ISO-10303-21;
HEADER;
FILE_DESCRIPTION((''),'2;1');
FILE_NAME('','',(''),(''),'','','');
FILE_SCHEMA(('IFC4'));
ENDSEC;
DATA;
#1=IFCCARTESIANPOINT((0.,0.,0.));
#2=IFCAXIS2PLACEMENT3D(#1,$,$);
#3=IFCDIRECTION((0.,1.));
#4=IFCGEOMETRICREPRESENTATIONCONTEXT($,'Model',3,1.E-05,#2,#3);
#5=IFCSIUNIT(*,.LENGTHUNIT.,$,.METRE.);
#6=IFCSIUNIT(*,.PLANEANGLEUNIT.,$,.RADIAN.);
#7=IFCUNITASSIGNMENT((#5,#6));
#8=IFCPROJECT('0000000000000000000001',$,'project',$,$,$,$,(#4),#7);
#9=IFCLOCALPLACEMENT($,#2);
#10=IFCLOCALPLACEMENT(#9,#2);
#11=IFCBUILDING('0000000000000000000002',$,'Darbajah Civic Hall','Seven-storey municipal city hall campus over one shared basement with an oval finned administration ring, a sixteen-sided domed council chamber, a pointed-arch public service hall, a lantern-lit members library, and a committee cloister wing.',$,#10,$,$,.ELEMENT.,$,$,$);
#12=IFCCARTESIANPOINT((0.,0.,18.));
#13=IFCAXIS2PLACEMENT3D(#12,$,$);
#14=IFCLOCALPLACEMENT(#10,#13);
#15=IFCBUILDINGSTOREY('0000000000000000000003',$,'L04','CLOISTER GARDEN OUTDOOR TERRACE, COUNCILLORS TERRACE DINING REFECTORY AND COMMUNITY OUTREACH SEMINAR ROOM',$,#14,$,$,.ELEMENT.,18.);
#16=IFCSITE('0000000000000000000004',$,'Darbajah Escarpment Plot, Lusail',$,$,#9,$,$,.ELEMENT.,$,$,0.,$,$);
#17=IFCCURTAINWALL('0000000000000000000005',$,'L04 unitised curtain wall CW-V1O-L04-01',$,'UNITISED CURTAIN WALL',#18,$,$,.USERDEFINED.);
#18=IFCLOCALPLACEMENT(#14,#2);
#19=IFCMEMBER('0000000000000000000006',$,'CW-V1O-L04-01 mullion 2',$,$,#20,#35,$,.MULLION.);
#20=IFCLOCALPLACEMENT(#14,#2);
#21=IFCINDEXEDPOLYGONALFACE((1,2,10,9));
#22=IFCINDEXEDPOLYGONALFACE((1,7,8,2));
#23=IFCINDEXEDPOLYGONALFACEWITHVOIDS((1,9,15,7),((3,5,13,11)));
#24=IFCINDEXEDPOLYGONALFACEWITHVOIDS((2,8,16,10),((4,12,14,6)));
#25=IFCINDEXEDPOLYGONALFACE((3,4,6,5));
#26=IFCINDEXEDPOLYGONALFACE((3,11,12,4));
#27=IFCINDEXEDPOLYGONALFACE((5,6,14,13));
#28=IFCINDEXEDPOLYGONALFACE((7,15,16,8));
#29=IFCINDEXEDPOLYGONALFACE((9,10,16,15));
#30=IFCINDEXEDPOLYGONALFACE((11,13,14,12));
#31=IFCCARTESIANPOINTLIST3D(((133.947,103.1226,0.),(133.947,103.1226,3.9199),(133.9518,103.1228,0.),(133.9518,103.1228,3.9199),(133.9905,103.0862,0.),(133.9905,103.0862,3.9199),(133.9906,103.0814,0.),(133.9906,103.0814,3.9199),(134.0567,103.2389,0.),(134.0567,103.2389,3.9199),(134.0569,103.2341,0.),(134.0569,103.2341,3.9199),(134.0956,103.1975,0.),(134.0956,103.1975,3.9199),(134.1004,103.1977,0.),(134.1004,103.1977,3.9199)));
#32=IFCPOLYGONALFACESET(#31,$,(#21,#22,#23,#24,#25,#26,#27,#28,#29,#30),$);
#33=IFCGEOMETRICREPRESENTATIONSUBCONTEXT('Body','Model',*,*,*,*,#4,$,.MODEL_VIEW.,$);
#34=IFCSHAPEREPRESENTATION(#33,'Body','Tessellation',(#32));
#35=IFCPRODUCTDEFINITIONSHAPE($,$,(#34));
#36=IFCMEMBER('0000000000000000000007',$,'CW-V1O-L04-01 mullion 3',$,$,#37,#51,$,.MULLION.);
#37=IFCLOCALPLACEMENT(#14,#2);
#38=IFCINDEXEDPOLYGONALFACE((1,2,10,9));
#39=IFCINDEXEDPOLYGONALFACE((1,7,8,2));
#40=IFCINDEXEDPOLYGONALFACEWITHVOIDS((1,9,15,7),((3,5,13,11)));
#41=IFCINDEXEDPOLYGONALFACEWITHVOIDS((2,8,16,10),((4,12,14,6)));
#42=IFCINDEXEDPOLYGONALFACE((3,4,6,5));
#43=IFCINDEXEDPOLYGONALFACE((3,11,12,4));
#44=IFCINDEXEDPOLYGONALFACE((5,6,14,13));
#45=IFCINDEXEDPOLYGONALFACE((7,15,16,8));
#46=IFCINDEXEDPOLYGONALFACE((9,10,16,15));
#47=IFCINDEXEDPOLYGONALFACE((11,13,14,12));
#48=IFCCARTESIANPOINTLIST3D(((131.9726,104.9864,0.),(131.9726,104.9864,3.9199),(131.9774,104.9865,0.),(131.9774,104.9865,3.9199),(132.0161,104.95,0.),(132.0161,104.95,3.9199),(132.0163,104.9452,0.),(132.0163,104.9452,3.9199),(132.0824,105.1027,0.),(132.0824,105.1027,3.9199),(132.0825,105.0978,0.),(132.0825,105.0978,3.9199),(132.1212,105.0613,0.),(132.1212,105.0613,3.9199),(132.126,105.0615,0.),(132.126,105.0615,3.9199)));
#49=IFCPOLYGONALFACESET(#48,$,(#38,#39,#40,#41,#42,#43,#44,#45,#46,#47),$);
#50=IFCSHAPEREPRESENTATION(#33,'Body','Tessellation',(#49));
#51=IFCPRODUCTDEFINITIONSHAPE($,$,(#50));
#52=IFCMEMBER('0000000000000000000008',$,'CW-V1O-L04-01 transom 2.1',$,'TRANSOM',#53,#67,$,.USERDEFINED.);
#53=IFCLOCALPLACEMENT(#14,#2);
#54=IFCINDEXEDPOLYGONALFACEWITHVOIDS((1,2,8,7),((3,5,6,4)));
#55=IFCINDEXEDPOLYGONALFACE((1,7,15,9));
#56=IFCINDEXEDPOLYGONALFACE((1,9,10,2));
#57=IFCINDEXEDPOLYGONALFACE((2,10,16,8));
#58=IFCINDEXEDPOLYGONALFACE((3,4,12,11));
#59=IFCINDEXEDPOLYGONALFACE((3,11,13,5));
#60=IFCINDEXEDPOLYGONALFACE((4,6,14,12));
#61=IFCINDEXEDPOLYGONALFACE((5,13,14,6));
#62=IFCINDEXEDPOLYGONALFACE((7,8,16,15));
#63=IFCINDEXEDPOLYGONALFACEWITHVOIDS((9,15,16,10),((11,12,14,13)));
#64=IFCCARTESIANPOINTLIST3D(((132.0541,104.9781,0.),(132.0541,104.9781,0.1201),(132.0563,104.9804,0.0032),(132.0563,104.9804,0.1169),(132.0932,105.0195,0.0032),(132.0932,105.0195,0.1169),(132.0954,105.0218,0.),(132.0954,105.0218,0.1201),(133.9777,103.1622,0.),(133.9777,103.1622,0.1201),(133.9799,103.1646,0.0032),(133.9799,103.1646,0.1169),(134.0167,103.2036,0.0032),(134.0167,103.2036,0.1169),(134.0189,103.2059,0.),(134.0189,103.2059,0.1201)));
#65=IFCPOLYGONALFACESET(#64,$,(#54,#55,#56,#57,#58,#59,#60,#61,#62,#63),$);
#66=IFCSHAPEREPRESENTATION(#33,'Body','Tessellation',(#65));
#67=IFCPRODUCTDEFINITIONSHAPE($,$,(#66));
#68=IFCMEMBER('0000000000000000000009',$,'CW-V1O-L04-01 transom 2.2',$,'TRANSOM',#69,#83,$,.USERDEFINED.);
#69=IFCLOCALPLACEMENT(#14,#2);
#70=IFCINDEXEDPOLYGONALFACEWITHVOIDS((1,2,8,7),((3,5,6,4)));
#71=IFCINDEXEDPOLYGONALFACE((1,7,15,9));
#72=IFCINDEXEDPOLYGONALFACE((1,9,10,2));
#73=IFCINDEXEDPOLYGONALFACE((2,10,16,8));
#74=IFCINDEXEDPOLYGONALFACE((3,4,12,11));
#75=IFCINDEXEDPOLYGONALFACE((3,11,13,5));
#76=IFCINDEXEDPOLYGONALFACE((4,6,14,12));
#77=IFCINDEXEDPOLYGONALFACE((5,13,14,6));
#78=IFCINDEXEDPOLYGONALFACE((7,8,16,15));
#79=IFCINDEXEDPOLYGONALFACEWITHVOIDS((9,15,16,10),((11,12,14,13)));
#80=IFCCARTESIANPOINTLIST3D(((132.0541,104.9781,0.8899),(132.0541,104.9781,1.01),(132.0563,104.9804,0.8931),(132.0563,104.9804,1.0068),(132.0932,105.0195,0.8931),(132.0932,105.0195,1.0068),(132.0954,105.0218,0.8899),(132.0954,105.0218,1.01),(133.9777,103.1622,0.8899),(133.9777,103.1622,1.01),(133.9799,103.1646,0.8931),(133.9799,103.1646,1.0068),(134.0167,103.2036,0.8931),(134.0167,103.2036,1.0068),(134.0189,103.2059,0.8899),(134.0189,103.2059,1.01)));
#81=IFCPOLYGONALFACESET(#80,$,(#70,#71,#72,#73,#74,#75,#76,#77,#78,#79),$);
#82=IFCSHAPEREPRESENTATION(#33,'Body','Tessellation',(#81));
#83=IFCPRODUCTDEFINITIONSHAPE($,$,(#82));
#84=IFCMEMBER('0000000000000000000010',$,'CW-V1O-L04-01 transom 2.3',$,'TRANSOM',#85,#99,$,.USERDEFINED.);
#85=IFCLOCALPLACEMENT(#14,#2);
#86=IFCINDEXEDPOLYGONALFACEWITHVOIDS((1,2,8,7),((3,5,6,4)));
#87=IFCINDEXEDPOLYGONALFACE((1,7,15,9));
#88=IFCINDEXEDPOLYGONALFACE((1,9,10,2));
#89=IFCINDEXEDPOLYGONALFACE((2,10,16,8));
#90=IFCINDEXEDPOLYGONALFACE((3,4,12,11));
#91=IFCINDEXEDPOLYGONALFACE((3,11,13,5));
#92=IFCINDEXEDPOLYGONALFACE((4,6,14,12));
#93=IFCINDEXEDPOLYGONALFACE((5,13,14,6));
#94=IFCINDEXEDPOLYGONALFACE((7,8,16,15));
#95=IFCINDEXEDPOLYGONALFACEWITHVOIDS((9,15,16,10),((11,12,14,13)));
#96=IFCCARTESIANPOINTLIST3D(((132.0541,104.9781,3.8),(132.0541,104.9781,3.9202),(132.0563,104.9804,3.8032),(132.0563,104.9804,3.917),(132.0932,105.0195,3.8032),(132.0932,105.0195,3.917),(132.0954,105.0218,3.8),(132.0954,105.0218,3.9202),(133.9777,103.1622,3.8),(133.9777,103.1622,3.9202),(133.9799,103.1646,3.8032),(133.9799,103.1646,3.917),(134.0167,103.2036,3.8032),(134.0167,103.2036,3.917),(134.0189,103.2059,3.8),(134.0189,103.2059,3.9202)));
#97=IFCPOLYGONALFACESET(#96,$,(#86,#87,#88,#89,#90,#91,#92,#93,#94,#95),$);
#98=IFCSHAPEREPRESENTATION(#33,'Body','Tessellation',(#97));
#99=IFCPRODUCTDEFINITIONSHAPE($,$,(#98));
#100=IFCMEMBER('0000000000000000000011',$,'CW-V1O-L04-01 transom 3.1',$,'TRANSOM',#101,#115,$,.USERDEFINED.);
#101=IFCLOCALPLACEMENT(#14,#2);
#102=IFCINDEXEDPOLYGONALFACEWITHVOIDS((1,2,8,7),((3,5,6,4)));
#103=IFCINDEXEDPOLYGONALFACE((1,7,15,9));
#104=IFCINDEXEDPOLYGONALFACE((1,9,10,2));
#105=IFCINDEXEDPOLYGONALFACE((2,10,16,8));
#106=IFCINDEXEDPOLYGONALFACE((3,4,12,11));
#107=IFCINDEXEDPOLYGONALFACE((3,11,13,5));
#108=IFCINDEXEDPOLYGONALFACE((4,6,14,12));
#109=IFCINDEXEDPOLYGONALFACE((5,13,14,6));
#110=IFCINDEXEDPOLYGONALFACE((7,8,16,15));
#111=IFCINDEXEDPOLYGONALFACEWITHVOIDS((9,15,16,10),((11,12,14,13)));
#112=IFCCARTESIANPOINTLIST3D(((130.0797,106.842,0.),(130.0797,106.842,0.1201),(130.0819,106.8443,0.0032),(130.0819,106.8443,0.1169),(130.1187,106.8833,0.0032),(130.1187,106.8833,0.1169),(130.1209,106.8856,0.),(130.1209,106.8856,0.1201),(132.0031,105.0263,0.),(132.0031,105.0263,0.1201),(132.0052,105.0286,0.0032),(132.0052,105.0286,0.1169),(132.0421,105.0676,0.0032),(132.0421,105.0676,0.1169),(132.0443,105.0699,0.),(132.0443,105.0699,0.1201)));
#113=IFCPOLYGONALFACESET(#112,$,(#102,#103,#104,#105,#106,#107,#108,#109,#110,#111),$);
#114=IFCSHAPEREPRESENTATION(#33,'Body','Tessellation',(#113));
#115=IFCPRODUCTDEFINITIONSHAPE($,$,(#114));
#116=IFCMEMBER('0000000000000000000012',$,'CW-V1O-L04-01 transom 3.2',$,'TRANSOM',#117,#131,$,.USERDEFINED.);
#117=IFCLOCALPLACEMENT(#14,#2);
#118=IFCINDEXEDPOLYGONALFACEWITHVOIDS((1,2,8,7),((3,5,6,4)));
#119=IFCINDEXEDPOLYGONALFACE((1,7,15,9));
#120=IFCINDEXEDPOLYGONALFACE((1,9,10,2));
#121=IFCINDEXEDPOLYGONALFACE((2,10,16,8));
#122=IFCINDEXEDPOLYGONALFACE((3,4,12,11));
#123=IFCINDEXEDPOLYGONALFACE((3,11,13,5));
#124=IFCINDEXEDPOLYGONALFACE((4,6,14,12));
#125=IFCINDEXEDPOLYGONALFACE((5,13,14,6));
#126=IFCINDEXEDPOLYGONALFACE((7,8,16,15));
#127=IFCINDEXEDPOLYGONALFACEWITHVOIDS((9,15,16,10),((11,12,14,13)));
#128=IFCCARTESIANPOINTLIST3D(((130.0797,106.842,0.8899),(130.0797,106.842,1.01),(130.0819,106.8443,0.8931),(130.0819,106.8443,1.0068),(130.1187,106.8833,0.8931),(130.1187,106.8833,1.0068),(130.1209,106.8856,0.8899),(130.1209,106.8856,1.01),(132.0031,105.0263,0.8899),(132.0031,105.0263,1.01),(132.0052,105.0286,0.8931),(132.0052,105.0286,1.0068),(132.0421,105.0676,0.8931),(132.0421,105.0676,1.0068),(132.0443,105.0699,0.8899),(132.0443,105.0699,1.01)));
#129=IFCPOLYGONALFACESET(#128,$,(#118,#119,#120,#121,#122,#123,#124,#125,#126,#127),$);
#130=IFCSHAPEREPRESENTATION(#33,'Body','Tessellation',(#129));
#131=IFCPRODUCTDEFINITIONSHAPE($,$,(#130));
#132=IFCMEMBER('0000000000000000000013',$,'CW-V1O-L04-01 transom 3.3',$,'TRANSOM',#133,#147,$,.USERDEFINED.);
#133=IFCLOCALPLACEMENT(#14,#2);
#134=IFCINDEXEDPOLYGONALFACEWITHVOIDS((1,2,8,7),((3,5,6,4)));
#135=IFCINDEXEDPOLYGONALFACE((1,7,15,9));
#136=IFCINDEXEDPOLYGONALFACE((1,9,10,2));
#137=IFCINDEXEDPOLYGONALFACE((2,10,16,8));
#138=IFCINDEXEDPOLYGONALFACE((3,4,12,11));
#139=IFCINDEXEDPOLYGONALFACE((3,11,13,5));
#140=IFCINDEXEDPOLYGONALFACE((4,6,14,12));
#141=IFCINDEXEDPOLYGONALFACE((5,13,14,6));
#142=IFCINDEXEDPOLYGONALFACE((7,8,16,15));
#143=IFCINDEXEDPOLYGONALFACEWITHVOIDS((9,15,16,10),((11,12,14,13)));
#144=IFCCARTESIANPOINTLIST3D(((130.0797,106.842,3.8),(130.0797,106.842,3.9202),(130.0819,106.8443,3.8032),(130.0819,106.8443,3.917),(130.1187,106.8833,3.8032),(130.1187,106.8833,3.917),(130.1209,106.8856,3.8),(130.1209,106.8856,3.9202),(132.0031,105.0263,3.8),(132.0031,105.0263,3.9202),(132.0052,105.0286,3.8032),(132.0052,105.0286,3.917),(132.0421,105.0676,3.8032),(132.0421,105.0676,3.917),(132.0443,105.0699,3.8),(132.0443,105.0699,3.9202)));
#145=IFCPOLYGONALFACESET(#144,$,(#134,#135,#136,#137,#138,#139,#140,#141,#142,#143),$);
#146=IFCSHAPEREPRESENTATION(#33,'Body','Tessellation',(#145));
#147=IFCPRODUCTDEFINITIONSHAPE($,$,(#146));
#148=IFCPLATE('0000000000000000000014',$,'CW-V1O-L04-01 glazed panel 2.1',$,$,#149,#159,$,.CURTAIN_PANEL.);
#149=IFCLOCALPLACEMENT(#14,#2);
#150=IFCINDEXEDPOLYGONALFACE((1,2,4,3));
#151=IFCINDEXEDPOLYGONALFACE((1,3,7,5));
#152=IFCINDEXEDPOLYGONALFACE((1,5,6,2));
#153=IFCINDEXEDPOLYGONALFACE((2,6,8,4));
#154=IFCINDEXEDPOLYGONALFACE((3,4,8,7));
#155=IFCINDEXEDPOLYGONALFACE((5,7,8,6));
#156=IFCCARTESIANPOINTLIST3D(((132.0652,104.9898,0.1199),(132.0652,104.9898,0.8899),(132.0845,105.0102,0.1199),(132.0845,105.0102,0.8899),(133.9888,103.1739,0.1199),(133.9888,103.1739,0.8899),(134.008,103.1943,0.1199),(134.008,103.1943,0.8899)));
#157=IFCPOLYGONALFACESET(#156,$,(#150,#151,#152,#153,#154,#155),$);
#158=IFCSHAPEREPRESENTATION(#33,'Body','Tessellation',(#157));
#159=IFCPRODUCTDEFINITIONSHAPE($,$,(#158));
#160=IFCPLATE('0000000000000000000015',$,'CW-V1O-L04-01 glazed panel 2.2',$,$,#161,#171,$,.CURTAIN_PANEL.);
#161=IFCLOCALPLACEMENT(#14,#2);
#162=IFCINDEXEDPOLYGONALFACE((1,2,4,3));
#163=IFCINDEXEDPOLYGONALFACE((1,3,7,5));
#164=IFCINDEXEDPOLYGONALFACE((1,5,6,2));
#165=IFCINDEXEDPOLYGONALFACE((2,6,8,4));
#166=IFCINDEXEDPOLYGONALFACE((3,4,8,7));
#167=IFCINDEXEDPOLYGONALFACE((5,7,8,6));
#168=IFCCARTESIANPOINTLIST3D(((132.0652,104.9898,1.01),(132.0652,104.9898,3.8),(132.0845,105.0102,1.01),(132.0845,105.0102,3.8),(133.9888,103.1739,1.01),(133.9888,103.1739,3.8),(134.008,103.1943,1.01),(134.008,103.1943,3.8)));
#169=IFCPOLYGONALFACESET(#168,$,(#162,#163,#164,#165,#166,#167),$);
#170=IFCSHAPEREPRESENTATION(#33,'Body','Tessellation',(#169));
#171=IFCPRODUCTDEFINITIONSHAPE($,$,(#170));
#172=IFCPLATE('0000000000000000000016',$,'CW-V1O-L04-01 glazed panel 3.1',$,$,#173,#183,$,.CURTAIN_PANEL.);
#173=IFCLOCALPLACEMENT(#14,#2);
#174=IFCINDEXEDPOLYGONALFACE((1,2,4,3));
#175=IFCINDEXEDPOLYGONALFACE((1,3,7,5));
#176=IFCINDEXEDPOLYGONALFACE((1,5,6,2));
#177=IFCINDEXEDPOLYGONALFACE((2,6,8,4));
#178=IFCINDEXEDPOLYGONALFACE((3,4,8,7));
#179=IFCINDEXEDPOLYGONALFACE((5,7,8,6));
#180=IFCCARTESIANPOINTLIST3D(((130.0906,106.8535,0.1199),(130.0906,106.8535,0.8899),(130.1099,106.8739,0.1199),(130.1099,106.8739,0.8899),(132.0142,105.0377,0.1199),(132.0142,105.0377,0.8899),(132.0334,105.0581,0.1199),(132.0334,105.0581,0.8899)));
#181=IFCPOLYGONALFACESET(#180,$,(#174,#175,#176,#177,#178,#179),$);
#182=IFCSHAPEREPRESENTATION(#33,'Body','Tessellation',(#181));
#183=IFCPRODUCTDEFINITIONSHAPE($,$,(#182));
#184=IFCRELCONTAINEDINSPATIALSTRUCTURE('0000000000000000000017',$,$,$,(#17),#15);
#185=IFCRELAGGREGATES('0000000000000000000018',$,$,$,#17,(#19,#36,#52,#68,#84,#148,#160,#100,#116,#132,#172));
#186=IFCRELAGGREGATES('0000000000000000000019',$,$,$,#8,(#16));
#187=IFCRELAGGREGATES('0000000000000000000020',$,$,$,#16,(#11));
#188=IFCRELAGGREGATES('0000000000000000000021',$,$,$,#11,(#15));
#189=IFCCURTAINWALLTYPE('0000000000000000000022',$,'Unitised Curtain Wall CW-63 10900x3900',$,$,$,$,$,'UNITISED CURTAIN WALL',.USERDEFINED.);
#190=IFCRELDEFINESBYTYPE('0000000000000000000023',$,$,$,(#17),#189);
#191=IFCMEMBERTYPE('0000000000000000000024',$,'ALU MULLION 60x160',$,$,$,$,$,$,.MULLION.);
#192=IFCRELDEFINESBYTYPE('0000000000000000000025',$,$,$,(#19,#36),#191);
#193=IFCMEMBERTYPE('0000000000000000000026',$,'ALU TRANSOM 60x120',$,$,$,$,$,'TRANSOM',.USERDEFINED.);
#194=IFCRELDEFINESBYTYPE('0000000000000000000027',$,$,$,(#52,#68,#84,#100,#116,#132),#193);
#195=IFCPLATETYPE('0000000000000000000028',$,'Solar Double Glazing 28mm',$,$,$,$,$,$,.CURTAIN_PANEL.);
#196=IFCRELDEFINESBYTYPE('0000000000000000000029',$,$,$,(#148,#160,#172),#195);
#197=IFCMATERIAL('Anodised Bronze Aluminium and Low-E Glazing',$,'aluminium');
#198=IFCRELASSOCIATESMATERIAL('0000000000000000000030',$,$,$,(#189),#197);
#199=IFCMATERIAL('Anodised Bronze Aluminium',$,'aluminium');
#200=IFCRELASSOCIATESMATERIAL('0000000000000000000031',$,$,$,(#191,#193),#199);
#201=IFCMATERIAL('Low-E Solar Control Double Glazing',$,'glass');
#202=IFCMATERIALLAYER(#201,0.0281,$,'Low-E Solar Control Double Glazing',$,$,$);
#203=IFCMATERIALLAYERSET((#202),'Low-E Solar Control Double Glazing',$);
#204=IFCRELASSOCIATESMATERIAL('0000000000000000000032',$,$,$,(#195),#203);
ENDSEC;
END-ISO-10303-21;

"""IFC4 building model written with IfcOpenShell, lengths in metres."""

from ifc_helpers import new_model, si_unit, direction, frame, origin, origin_2d, place, context, subcontext, project, spatial, rectangle, hollow_rectangle, extrude, material, layer, layer_set, material_profile, profile_set, type_object, element, aggregate, save


model = new_model("IFC4")

# Units and contexts
model_context = context("Model", 3, precision=1e-05, world=origin(), true_north=direction((0.0, 1.0)))
body_context = subcontext(model_context, "Body", "Model", "MODEL_VIEW")
ifc_project = project(units=[si_unit("LENGTHUNIT", "METRE"), si_unit("PLANEANGLEUNIT", "RADIAN")], contexts=[model_context])

# Site, building, storey
site_placement = place(None, origin())
site = spatial("IfcSite", under=ifc_project, at=site_placement, Name="Darbajah Escarpment Plot, Lusail", CompositionType="ELEMENT", RefElevation=0.0)
building_placement = place(site_placement, origin())
building = spatial("IfcBuilding", under=site, at=building_placement, Name="Darbajah Civic Hall", Description="Seven-storey municipal city hall campus over one shared basement with an oval finned administration ring, a sixteen-sided domed council chamber, a pointed-arch public service hall, a lantern-lit members library, and a committee cloister wing.", CompositionType="ELEMENT")
storey_placement = place(building_placement, frame((0.0, 0.0, 18.0)))
storey = spatial("IfcBuildingStorey", under=building, at=storey_placement, Name="L04", Description="CLOISTER GARDEN OUTDOOR TERRACE, COUNCILLORS TERRACE DINING REFECTORY AND COMMUNITY OUTREACH SEMINAR ROOM", CompositionType="ELEMENT", Elevation=18.0)

# Curtain wall, members, plates
ifc_material_1 = material(Name="Anodised Bronze Aluminium and Low-E Glazing", Category="aluminium")
curtain_wall_type = type_object("IfcCurtainWallType", Name="Unitised Curtain Wall CW-63 10900x3900", ElementType="UNITISED CURTAIN WALL", PredefinedType="USERDEFINED", material=ifc_material_1)
curtain_wall_placement = place(storey_placement, origin())
curtain_wall = element("IfcCurtainWall", 1, at=curtain_wall_placement, inside=storey, type_object=curtain_wall_type, Name="L04 unitised curtain wall CW-V1O-L04-01", ObjectType="UNITISED CURTAIN WALL", PredefinedType="USERDEFINED")
ifc_material_2 = material(Name="Anodised Bronze Aluminium", Category="aluminium")
ifc_material_profile_1 = material_profile(ifc_material_2, hollow_rectangle(XDim=0.0601, YDim=0.1599, WallThickness=0.0034, at=origin_2d()), Name="ALU MULLION 60x160")
ifc_profile_set_1 = profile_set([ifc_material_profile_1], Name="Anodised Bronze Aluminium")
member_type_1 = type_object("IfcMemberType", Name="ALU MULLION 60x160", PredefinedType="MULLION", material=ifc_profile_set_1)
member_1_placement = place(storey_placement, frame((134.0237, 103.1602, 0.0), z_axis=(0.0, 0.0, 1.0), x_axis=(-0.727174, 0.686453, 0.0)))
member_1 = element("IfcMember", 2, at=member_1_placement, type_object=member_type_1, Name="CW-V1O-L04-01 mullion 2", PredefinedType="MULLION", context=body_context, shape_type="SweptSolid", body=[
    extrude(hollow_rectangle(XDim=0.0601, YDim=0.1599, WallThickness=0.0034, at=origin_2d()), origin(), (0.0, 0.0, 1.0), 3.9199),
])
member_2_placement = place(storey_placement, frame((132.0493, 105.0239, 0.0), z_axis=(0.0, 0.0, 1.0), x_axis=(-0.727174, 0.686453, 0.0)))
member_2 = element("IfcMember", 3, at=member_2_placement, type_object=member_type_1, Name="CW-V1O-L04-01 mullion 3", PredefinedType="MULLION", context=body_context, shape_type="SweptSolid", body=[
    extrude(hollow_rectangle(XDim=0.0601, YDim=0.1599, WallThickness=0.0034, at=origin_2d()), origin(), (0.0, 0.0, 1.0), 3.9199),
])
ifc_material_profile_2 = material_profile(ifc_material_2, hollow_rectangle(XDim=0.0601, YDim=0.1201, WallThickness=0.0032, at=origin_2d()), Name="ALU TRANSOM 60x120")
ifc_profile_set_2 = profile_set([ifc_material_profile_2], Name="Anodised Bronze Aluminium")
member_type_2 = type_object("IfcMemberType", Name="ALU TRANSOM 60x120", ElementType="TRANSOM", PredefinedType="USERDEFINED", material=ifc_profile_set_2)
member_3_placement = place(storey_placement, frame((133.9983, 103.1841, 0.0601), z_axis=(-0.727164, 0.686464, 0.0), x_axis=(-0.686464, -0.727164, 0.0)))
member_3 = element("IfcMember", 4, at=member_3_placement, type_object=member_type_2, Name="CW-V1O-L04-01 transom 2.1", ObjectType="TRANSOM", PredefinedType="USERDEFINED", context=body_context, shape_type="SweptSolid", body=[
    extrude(hollow_rectangle(XDim=0.0601, YDim=0.1201, WallThickness=0.0032, at=origin_2d()), origin(), (0.0, 0.0, 1.0), 2.6453),
])
member_4_placement = place(storey_placement, frame((133.9983, 103.1841, 0.95), z_axis=(-0.727164, 0.686464, 0.0), x_axis=(-0.686464, -0.727164, 0.0)))
member_4 = element("IfcMember", 5, at=member_4_placement, type_object=member_type_2, Name="CW-V1O-L04-01 transom 2.2", ObjectType="TRANSOM", PredefinedType="USERDEFINED", context=body_context, shape_type="SweptSolid", body=[
    extrude(hollow_rectangle(XDim=0.0601, YDim=0.1201, WallThickness=0.0032, at=origin_2d()), origin(), (0.0, 0.0, 1.0), 2.6453),
])
member_5_placement = place(storey_placement, frame((133.9983, 103.1841, 3.8601), z_axis=(-0.727164, 0.686464, 0.0), x_axis=(-0.686464, -0.727164, 0.0)))
member_5 = element("IfcMember", 6, at=member_5_placement, type_object=member_type_2, Name="CW-V1O-L04-01 transom 2.3", ObjectType="TRANSOM", PredefinedType="USERDEFINED", context=body_context, shape_type="SweptSolid", body=[
    extrude(hollow_rectangle(XDim=0.0601, YDim=0.1201, WallThickness=0.0032, at=origin_2d()), origin(), (0.0, 0.0, 1.0), 2.6453),
])
member_6_placement = place(storey_placement, frame((132.0237, 105.0481, 0.0601), z_axis=(-0.727167, 0.686461, 0.0), x_axis=(-0.686461, -0.727167, 0.0)))
member_6 = element("IfcMember", 7, at=member_6_placement, type_object=member_type_2, Name="CW-V1O-L04-01 transom 3.1", ObjectType="TRANSOM", PredefinedType="USERDEFINED", context=body_context, shape_type="SweptSolid", body=[
    extrude(hollow_rectangle(XDim=0.0601, YDim=0.1201, WallThickness=0.0032, at=origin_2d()), origin(), (0.0, 0.0, 1.0), 2.645),
])
member_7_placement = place(storey_placement, frame((132.0237, 105.0481, 0.95), z_axis=(-0.727167, 0.686461, 0.0), x_axis=(-0.686461, -0.727167, 0.0)))
member_7 = element("IfcMember", 8, at=member_7_placement, type_object=member_type_2, Name="CW-V1O-L04-01 transom 3.2", ObjectType="TRANSOM", PredefinedType="USERDEFINED", context=body_context, shape_type="SweptSolid", body=[
    extrude(hollow_rectangle(XDim=0.0601, YDim=0.1201, WallThickness=0.0032, at=origin_2d()), origin(), (0.0, 0.0, 1.0), 2.645),
])
member_8_placement = place(storey_placement, frame((132.0237, 105.0481, 3.8601), z_axis=(-0.727167, 0.686461, 0.0), x_axis=(-0.686461, -0.727167, 0.0)))
member_8 = element("IfcMember", 9, at=member_8_placement, type_object=member_type_2, Name="CW-V1O-L04-01 transom 3.3", ObjectType="TRANSOM", PredefinedType="USERDEFINED", context=body_context, shape_type="SweptSolid", body=[
    extrude(hollow_rectangle(XDim=0.0601, YDim=0.1201, WallThickness=0.0032, at=origin_2d()), origin(), (0.0, 0.0, 1.0), 2.645),
])
ifc_material_3 = material(Name="Low-E Solar Control Double Glazing", Category="glass")
ifc_layer = layer(ifc_material_3, 0.0281, Name="Low-E Solar Control Double Glazing")
ifc_layer_set = layer_set([ifc_layer], Name="Low-E Solar Control Double Glazing")
plate_type = type_object("IfcPlateType", Name="Solar Double Glazing 28mm", PredefinedType="CURTAIN_PANEL", material=ifc_layer_set)
plate_1_placement = place(storey_placement, frame((133.0366, 104.092, 0.1199), z_axis=(0.0, 0.0, 1.0), x_axis=(-0.727174, 0.686453, 0.0)))
plate_1 = element("IfcPlate", 10, at=plate_1_placement, type_object=plate_type, Name="CW-V1O-L04-01 glazed panel 2.1", PredefinedType="CURTAIN_PANEL", context=body_context, shape_type="SweptSolid", body=[
    extrude(rectangle(XDim=2.6453, YDim=0.0281, at=origin_2d()), origin(), (0.0, 0.0, 1.0), 0.77),
])
plate_2_placement = place(storey_placement, frame((133.0366, 104.092, 1.01), z_axis=(0.0, 0.0, 1.0), x_axis=(-0.727174, 0.686453, 0.0)))
plate_2 = element("IfcPlate", 11, at=plate_2_placement, type_object=plate_type, Name="CW-V1O-L04-01 glazed panel 2.2", PredefinedType="CURTAIN_PANEL", context=body_context, shape_type="SweptSolid", body=[
    extrude(rectangle(XDim=2.6453, YDim=0.0281, at=origin_2d()), origin(), (0.0, 0.0, 1.0), 2.79),
])
plate_3_placement = place(storey_placement, frame((131.062, 105.9558, 0.1199), z_axis=(0.0, 0.0, 1.0), x_axis=(-0.727174, 0.686453, 0.0)))
plate_3 = element("IfcPlate", 12, at=plate_3_placement, type_object=plate_type, Name="CW-V1O-L04-01 glazed panel 3.1", PredefinedType="CURTAIN_PANEL", context=body_context, shape_type="SweptSolid", body=[
    extrude(rectangle(XDim=2.6453, YDim=0.0281, at=origin_2d()), origin(), (0.0, 0.0, 1.0), 0.77),
])
aggregate(curtain_wall, [member_1, member_2, member_3, member_4, member_5, plate_1, plate_2, member_6, member_7, member_8, plate_3])

save(model, "model.ifc")
